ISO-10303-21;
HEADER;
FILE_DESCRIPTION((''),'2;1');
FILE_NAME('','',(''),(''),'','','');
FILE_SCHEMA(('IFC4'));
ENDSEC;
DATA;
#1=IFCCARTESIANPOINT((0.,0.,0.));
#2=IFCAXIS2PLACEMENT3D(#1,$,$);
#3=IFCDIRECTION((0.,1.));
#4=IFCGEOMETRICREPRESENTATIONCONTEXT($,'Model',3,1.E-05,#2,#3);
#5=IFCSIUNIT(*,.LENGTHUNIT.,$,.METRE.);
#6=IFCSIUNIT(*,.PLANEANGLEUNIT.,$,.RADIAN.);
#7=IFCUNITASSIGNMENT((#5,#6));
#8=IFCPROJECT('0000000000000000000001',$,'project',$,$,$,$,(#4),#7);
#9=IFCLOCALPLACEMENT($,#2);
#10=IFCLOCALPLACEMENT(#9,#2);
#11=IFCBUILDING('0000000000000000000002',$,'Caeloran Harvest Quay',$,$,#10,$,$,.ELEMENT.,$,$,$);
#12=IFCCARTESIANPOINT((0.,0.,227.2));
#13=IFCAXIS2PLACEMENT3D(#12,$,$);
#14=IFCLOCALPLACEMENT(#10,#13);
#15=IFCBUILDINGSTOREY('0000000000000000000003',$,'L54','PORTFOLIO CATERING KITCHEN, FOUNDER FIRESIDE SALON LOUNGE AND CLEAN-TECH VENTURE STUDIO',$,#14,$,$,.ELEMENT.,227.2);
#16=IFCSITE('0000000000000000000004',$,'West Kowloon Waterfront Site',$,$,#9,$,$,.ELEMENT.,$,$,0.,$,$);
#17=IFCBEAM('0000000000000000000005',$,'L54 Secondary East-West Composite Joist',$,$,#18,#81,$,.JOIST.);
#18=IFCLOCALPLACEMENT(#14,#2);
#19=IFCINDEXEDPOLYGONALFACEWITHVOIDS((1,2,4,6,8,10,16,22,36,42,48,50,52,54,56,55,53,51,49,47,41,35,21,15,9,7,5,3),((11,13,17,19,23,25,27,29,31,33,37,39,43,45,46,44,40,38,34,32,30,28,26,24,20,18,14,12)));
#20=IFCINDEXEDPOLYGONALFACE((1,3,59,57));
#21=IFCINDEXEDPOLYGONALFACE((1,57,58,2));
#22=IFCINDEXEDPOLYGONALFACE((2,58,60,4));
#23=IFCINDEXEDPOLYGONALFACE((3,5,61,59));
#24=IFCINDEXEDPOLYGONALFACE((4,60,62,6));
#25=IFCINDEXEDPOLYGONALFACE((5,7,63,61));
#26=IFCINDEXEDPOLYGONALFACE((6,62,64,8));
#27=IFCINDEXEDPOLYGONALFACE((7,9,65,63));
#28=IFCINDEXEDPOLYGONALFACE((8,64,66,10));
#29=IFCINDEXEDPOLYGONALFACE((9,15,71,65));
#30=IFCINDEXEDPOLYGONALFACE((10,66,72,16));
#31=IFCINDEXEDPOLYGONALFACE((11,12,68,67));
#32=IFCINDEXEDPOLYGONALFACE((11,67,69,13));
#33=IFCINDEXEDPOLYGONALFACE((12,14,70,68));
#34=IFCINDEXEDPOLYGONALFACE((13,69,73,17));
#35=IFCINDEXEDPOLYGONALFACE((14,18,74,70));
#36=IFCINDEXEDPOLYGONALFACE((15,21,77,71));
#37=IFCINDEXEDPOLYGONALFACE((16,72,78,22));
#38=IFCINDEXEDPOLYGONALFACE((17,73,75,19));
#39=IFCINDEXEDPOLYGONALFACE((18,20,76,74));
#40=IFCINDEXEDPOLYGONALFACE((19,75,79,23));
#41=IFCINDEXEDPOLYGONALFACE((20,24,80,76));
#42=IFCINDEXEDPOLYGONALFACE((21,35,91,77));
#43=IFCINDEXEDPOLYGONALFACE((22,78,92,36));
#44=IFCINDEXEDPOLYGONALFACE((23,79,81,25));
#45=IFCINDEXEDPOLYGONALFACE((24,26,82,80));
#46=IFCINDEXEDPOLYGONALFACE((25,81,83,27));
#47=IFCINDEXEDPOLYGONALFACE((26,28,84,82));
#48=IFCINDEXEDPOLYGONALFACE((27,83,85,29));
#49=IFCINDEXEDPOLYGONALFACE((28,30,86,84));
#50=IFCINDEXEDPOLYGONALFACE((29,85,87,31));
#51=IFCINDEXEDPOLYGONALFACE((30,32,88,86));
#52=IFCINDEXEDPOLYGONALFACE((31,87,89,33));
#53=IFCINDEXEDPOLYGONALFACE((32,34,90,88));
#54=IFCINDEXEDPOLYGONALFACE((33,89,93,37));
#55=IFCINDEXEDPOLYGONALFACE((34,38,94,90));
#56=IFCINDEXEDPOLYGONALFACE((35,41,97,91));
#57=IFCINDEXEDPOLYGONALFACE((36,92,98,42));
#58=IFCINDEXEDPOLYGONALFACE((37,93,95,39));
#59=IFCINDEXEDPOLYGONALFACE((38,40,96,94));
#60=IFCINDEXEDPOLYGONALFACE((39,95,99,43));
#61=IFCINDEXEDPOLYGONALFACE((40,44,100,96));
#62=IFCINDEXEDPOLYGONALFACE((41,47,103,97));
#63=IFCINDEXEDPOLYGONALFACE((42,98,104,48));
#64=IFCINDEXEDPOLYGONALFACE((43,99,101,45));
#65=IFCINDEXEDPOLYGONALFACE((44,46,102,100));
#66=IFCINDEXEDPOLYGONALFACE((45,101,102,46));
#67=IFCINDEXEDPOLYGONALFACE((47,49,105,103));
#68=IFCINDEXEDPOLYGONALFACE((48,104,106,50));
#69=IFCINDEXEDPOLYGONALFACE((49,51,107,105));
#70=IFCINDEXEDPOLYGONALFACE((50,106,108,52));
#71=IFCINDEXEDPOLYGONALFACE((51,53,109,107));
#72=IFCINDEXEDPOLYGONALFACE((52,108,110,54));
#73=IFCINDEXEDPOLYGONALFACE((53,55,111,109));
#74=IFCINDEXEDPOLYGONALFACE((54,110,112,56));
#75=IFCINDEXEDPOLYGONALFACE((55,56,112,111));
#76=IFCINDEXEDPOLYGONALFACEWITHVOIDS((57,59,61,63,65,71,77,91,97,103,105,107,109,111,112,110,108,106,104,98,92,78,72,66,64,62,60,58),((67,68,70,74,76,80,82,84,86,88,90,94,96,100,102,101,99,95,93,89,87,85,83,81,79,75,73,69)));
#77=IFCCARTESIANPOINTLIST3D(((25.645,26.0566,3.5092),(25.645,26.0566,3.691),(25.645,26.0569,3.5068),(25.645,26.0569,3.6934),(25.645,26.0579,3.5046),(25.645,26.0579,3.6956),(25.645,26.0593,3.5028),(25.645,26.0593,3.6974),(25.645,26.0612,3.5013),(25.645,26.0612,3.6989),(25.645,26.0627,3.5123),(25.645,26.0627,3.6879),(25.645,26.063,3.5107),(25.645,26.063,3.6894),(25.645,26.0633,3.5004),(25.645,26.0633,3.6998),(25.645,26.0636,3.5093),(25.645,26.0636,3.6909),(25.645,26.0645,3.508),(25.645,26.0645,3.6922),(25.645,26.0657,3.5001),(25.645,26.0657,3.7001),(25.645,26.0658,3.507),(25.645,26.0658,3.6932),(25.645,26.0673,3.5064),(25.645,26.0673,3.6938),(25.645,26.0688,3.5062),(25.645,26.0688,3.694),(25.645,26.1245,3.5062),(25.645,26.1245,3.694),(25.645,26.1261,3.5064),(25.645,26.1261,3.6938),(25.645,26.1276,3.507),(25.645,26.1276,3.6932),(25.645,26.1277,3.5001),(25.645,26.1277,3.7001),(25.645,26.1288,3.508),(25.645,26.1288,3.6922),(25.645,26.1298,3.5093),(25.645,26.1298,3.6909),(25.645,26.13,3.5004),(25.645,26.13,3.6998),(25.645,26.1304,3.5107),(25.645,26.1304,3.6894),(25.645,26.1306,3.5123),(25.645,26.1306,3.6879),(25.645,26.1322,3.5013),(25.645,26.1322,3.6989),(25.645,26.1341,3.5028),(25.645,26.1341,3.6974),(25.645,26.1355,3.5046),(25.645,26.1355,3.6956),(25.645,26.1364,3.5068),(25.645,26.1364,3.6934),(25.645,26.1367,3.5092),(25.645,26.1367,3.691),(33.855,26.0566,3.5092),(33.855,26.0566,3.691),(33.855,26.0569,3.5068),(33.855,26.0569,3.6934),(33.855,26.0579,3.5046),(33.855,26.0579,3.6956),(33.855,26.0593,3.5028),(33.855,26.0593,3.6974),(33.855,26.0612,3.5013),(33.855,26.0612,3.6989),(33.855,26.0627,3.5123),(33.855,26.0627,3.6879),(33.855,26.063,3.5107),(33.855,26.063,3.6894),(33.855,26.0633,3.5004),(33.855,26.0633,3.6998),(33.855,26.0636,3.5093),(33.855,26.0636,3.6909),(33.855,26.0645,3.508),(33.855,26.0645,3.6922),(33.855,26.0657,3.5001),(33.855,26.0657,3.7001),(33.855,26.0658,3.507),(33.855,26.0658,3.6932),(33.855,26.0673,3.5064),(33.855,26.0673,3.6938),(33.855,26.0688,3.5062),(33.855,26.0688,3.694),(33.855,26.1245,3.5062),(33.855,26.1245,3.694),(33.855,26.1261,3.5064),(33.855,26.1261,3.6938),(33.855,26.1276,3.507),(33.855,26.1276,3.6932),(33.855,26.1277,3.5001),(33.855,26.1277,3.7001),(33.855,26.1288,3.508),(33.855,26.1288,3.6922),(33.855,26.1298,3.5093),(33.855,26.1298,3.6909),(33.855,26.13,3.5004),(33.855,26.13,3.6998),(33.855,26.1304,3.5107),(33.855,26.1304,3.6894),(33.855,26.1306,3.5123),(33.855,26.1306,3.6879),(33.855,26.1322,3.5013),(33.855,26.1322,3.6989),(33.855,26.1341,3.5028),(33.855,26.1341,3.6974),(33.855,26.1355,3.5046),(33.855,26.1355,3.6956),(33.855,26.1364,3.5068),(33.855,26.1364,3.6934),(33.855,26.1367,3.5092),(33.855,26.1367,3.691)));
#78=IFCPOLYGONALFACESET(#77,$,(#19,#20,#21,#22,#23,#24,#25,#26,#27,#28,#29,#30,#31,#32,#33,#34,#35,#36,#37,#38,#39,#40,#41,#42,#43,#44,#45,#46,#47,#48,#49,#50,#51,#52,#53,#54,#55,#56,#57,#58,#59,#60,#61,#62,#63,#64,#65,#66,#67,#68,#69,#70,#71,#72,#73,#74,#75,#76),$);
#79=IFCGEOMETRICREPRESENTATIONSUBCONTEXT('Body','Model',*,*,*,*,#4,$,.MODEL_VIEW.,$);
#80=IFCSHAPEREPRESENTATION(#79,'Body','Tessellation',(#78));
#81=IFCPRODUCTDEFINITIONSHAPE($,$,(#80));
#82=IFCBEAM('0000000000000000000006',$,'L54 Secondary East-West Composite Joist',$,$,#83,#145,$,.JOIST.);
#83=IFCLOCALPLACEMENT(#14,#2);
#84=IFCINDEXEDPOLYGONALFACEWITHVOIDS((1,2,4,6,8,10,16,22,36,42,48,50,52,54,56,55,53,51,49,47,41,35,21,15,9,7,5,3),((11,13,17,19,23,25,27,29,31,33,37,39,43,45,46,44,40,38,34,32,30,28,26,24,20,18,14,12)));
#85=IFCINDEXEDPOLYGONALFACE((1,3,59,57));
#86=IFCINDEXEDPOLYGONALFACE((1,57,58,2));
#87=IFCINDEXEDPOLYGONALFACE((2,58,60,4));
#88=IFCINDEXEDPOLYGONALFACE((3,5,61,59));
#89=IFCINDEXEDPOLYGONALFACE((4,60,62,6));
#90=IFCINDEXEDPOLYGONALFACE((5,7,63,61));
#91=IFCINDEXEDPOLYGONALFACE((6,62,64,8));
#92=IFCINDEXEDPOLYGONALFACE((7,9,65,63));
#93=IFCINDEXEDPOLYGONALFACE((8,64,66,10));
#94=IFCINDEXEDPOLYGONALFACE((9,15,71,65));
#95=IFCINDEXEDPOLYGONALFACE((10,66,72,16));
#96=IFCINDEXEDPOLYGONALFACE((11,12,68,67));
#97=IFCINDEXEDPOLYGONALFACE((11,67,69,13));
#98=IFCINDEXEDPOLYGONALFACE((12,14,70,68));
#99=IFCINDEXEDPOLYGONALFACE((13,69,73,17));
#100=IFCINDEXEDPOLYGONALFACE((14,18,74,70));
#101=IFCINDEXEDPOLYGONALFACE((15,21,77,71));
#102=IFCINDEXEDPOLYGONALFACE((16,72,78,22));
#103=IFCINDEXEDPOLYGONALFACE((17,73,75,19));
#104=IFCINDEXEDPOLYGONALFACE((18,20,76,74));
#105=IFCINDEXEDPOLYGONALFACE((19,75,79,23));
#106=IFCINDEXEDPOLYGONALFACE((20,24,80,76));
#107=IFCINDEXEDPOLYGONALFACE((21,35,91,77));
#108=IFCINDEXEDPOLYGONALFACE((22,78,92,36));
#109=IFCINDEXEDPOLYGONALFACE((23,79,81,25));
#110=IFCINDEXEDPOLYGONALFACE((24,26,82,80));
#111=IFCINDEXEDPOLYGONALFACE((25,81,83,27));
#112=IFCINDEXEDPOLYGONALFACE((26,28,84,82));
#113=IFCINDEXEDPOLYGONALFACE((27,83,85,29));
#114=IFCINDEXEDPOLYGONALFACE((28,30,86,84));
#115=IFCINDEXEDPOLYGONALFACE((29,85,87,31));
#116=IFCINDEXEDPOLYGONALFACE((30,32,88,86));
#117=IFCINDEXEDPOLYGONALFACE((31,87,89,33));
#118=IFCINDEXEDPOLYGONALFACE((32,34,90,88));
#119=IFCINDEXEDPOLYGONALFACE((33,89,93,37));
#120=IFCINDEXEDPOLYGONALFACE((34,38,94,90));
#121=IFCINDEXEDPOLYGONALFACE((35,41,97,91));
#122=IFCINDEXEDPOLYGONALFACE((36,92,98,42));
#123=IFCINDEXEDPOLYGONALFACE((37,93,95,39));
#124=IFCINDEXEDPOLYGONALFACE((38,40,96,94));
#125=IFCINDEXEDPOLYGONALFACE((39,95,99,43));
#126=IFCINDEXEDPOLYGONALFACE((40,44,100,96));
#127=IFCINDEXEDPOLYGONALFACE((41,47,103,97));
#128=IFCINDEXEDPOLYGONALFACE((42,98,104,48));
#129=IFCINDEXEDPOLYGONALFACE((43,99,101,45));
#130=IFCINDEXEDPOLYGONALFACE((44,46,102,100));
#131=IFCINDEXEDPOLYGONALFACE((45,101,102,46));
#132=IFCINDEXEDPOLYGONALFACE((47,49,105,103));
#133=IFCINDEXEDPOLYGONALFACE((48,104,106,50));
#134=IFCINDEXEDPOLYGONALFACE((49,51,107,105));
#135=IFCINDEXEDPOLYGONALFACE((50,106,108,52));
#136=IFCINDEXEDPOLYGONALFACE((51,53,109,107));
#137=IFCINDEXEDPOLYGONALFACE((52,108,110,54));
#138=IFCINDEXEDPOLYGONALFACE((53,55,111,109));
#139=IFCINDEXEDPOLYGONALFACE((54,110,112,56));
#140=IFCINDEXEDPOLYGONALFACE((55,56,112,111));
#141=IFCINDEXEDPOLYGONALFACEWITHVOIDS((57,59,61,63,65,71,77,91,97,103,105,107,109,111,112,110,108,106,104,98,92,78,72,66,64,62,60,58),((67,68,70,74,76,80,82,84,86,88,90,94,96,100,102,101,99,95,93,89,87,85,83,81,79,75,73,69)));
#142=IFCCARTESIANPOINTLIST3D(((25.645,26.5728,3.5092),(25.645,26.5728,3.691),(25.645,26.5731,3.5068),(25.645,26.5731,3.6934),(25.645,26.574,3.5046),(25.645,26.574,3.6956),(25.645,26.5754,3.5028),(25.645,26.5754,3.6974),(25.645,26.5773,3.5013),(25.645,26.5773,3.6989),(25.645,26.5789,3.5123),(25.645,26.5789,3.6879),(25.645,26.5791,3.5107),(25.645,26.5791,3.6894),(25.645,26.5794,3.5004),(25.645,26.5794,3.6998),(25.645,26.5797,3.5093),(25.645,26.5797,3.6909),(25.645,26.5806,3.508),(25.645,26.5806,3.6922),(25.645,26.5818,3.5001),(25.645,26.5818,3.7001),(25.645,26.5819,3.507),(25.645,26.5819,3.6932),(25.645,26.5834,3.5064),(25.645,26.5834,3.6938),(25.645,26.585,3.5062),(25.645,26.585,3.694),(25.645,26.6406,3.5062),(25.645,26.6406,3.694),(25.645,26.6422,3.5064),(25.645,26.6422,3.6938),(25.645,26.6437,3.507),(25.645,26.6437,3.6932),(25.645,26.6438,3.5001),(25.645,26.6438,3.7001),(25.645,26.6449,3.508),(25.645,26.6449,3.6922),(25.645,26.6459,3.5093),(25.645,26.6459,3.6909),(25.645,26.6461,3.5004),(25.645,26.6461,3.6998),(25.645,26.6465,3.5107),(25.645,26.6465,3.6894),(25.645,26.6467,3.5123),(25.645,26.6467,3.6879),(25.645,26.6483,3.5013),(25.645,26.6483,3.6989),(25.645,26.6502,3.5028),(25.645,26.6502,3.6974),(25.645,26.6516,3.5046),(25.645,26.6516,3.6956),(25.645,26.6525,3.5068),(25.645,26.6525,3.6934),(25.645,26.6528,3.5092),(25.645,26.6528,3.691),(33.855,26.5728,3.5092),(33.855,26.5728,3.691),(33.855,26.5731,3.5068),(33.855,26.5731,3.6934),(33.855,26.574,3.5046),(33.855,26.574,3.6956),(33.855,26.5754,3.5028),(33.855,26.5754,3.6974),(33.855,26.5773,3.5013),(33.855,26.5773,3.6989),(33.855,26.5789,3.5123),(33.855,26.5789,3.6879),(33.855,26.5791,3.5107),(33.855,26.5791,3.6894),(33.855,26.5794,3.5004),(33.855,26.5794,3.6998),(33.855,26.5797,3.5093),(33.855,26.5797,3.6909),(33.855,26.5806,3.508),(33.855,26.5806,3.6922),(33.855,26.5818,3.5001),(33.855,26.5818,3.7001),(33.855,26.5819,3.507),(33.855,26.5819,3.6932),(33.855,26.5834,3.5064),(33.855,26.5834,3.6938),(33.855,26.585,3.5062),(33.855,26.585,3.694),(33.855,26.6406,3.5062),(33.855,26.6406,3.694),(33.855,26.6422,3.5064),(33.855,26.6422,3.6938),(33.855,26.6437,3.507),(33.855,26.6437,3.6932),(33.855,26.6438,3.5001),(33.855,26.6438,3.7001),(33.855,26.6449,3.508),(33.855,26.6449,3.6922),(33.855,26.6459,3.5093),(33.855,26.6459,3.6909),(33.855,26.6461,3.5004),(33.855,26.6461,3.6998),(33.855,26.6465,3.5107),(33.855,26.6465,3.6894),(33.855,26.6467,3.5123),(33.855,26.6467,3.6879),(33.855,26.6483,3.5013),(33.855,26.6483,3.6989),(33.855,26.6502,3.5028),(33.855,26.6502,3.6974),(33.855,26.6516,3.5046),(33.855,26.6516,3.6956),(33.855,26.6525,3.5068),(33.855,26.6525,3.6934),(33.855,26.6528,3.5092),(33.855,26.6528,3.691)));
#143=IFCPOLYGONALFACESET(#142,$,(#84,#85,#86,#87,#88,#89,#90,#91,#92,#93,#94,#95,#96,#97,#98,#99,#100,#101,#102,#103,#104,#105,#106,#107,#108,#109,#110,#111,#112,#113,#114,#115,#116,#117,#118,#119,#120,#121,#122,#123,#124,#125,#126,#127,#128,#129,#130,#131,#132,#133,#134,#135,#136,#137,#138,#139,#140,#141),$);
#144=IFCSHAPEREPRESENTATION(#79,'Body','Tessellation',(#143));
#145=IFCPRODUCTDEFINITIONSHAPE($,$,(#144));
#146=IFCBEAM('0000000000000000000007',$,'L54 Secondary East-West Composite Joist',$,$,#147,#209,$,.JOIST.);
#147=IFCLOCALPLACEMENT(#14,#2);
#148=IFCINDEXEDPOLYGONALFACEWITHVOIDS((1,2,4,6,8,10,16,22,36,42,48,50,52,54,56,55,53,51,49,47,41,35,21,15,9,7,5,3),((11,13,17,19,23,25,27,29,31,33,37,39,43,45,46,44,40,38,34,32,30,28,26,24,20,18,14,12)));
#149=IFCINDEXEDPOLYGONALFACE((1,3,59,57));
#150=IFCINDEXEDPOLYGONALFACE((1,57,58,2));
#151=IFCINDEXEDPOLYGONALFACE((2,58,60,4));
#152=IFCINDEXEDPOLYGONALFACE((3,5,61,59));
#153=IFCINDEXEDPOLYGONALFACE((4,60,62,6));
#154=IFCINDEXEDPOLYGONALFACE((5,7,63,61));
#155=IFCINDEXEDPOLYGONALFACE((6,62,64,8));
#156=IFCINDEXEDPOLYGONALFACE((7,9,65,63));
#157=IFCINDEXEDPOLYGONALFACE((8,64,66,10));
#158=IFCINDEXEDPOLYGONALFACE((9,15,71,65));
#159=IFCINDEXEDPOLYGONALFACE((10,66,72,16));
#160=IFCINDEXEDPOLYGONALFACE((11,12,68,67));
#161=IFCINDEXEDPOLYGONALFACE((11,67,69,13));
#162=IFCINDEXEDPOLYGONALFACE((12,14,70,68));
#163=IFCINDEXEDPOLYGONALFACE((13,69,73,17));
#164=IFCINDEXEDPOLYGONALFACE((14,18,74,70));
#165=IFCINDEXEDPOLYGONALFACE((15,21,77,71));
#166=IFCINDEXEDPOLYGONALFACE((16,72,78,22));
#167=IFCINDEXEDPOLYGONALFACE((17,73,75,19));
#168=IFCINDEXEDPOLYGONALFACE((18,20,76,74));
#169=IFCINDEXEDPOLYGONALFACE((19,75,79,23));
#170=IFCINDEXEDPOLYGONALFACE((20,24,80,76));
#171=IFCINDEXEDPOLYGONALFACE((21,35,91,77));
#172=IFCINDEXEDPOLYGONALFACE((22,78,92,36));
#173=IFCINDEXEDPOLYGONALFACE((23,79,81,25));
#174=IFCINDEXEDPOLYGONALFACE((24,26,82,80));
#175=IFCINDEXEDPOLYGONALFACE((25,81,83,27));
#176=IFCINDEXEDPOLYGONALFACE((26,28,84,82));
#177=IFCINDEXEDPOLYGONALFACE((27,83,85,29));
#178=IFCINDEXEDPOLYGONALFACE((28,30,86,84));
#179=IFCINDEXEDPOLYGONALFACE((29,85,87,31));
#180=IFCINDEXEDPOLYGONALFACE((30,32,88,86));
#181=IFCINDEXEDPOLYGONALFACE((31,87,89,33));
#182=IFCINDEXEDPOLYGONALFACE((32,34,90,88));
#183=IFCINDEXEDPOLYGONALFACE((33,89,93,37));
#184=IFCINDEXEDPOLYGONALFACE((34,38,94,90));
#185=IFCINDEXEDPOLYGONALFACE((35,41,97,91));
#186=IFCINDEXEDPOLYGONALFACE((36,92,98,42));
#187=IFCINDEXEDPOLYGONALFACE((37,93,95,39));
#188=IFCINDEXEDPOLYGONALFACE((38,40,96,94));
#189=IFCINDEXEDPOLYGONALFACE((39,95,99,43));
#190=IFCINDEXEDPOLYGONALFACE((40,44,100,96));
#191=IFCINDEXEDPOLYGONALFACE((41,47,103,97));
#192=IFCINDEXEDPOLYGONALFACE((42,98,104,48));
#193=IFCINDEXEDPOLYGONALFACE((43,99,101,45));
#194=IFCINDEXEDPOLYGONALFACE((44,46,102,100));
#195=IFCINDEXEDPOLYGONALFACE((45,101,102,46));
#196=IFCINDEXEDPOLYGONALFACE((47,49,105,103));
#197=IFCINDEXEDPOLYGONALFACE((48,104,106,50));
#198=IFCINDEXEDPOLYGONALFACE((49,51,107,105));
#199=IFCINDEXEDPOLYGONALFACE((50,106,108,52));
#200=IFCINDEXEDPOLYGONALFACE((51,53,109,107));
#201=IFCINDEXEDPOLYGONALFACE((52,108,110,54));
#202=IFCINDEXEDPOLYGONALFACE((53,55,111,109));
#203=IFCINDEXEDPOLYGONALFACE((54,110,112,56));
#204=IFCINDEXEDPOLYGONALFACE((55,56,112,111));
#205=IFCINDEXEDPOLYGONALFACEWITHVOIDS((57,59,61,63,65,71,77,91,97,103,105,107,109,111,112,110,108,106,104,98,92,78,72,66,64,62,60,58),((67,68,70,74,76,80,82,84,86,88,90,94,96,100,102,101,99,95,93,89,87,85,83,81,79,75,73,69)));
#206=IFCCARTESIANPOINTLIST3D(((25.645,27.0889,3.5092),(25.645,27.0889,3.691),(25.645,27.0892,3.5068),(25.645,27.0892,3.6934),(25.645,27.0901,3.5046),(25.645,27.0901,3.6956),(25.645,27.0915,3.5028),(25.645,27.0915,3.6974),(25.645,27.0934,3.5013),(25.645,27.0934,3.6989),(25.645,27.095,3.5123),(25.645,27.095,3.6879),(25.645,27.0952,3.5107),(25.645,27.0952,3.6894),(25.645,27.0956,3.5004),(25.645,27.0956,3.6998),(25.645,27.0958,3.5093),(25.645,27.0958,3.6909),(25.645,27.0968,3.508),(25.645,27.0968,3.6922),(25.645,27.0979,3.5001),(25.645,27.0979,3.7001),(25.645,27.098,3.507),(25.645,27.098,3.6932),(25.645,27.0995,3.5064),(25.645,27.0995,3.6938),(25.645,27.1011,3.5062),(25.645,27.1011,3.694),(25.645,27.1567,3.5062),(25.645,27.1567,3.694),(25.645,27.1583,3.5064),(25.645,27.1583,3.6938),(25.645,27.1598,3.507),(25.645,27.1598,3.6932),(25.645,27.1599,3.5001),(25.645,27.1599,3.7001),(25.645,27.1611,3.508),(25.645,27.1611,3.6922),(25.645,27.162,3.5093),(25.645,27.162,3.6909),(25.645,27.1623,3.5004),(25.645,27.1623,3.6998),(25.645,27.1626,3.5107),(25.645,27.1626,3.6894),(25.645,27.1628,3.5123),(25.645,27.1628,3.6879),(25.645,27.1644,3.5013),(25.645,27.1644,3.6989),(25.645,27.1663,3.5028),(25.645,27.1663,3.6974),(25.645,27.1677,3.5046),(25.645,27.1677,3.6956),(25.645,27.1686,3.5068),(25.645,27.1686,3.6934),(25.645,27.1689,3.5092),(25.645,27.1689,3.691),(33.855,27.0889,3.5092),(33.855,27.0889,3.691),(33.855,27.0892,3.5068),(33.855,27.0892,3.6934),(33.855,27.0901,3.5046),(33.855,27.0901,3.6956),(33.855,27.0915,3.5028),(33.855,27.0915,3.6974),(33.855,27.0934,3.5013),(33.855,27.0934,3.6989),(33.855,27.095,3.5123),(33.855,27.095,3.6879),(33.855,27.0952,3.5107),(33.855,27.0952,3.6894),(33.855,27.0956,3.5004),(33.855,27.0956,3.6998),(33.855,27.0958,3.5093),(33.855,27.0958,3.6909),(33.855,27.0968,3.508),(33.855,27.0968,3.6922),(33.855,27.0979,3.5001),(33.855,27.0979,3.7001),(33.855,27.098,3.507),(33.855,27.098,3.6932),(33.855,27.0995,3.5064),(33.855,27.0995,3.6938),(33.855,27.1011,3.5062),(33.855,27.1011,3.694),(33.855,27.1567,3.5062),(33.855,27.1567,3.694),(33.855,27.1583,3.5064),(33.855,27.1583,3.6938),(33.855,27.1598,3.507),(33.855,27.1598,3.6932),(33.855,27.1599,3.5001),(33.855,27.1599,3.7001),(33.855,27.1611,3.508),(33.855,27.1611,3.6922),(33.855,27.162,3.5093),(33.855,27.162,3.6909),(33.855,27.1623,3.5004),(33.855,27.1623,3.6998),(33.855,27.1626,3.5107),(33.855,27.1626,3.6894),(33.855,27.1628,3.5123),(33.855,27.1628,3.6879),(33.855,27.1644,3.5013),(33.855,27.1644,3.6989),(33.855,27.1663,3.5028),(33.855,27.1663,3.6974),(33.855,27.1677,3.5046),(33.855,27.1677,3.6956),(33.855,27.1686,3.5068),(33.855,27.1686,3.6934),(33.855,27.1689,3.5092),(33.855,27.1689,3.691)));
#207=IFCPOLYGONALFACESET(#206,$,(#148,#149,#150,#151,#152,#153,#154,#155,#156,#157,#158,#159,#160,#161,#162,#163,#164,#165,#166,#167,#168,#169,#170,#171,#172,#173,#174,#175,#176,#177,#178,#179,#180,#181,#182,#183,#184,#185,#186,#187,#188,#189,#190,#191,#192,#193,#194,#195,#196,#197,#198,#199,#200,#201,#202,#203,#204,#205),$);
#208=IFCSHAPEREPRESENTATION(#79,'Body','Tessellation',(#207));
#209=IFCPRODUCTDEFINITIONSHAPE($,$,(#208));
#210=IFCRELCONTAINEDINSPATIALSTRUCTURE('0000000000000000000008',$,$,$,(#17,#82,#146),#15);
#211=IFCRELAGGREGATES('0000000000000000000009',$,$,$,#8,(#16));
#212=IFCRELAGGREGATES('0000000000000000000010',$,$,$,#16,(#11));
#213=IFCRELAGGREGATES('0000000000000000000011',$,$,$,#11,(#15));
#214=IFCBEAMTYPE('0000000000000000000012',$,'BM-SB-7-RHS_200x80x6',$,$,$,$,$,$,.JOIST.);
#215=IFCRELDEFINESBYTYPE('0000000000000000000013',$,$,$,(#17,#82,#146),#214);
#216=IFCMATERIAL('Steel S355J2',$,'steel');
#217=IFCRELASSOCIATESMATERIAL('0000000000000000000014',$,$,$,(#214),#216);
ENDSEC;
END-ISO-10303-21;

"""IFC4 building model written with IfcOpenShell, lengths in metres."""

from ifc_helpers import new_model, si_unit, direction, frame, origin, origin_2d, place, context, subcontext, project, spatial, hollow_rectangle, extrude, material, material_profile, profile_set, type_object, element, save


model = new_model("IFC4")

# Units and contexts
model_context = context("Model", 3, precision=1e-05, world=origin(), true_north=direction((0.0, 1.0)))
body_context = subcontext(model_context, "Body", "Model", "MODEL_VIEW")
ifc_project = project(units=[si_unit("LENGTHUNIT", "METRE"), si_unit("PLANEANGLEUNIT", "RADIAN")], contexts=[model_context])

# Site, building, storey
site_placement = place(None, origin())
site = spatial("IfcSite", under=ifc_project, at=site_placement, Name="West Kowloon Waterfront Site", CompositionType="ELEMENT", RefElevation=0.0)
building_placement = place(site_placement, origin())
building = spatial("IfcBuilding", under=site, at=building_placement, Name="Caeloran Harvest Quay", CompositionType="ELEMENT")
storey_placement = place(building_placement, frame((0.0, 0.0, 227.2)))
storey = spatial("IfcBuildingStorey", under=building, at=storey_placement, Name="L54", Description="PORTFOLIO CATERING KITCHEN, FOUNDER FIRESIDE SALON LOUNGE AND CLEAN-TECH VENTURE STUDIO", CompositionType="ELEMENT", Elevation=227.2)

# Beams
ifc_material_1 = material(Name="Steel S355J2", Category="steel")
ifc_material_profile_1 = material_profile(ifc_material_1, hollow_rectangle(XDim=0.0801, YDim=0.2, WallThickness=0.0061, InnerFilletRadius=0.0061, OuterFilletRadius=0.009, at=origin_2d()), Name="RHS 200x80x6")
ifc_profile_set_1 = profile_set([ifc_material_profile_1], Name="Steel S355J2")
beam_type_1 = type_object("IfcBeamType", Name="BM-SB-7-RHS_200x80x6", PredefinedType="JOIST", material=ifc_profile_set_1)
for number, where, z_axis, x_axis, name in (
    (1, (25.645, 26.0967, 3.6001), (1.0, 0.0, 0.0), (0.0, 1.0, 0.0), "L54 Secondary East-West Composite Joist"),
    (2, (25.645, 26.6128, 3.6001), (1.0, 0.0, 0.0), (0.0, 1.0, 0.0), "L54 Secondary East-West Composite Joist"),
    (3, (25.645, 27.1289, 3.6001), (1.0, 0.0, 0.0), (0.0, 1.0, 0.0), "L54 Secondary East-West Composite Joist"),
):
    element("IfcBeam", number, at=place(storey_placement, frame(where, z_axis=z_axis, x_axis=x_axis)), inside=storey, type_object=beam_type_1, Name=name, PredefinedType="JOIST", context=body_context, shape_type="SweptSolid", body=[
        extrude(hollow_rectangle(XDim=0.0801, YDim=0.2, WallThickness=0.0061, InnerFilletRadius=0.0061, OuterFilletRadius=0.009, at=origin_2d()), origin(), (0.0, 0.0, 1.0), 8.21),
    ])

save(model, "model.ifc")
